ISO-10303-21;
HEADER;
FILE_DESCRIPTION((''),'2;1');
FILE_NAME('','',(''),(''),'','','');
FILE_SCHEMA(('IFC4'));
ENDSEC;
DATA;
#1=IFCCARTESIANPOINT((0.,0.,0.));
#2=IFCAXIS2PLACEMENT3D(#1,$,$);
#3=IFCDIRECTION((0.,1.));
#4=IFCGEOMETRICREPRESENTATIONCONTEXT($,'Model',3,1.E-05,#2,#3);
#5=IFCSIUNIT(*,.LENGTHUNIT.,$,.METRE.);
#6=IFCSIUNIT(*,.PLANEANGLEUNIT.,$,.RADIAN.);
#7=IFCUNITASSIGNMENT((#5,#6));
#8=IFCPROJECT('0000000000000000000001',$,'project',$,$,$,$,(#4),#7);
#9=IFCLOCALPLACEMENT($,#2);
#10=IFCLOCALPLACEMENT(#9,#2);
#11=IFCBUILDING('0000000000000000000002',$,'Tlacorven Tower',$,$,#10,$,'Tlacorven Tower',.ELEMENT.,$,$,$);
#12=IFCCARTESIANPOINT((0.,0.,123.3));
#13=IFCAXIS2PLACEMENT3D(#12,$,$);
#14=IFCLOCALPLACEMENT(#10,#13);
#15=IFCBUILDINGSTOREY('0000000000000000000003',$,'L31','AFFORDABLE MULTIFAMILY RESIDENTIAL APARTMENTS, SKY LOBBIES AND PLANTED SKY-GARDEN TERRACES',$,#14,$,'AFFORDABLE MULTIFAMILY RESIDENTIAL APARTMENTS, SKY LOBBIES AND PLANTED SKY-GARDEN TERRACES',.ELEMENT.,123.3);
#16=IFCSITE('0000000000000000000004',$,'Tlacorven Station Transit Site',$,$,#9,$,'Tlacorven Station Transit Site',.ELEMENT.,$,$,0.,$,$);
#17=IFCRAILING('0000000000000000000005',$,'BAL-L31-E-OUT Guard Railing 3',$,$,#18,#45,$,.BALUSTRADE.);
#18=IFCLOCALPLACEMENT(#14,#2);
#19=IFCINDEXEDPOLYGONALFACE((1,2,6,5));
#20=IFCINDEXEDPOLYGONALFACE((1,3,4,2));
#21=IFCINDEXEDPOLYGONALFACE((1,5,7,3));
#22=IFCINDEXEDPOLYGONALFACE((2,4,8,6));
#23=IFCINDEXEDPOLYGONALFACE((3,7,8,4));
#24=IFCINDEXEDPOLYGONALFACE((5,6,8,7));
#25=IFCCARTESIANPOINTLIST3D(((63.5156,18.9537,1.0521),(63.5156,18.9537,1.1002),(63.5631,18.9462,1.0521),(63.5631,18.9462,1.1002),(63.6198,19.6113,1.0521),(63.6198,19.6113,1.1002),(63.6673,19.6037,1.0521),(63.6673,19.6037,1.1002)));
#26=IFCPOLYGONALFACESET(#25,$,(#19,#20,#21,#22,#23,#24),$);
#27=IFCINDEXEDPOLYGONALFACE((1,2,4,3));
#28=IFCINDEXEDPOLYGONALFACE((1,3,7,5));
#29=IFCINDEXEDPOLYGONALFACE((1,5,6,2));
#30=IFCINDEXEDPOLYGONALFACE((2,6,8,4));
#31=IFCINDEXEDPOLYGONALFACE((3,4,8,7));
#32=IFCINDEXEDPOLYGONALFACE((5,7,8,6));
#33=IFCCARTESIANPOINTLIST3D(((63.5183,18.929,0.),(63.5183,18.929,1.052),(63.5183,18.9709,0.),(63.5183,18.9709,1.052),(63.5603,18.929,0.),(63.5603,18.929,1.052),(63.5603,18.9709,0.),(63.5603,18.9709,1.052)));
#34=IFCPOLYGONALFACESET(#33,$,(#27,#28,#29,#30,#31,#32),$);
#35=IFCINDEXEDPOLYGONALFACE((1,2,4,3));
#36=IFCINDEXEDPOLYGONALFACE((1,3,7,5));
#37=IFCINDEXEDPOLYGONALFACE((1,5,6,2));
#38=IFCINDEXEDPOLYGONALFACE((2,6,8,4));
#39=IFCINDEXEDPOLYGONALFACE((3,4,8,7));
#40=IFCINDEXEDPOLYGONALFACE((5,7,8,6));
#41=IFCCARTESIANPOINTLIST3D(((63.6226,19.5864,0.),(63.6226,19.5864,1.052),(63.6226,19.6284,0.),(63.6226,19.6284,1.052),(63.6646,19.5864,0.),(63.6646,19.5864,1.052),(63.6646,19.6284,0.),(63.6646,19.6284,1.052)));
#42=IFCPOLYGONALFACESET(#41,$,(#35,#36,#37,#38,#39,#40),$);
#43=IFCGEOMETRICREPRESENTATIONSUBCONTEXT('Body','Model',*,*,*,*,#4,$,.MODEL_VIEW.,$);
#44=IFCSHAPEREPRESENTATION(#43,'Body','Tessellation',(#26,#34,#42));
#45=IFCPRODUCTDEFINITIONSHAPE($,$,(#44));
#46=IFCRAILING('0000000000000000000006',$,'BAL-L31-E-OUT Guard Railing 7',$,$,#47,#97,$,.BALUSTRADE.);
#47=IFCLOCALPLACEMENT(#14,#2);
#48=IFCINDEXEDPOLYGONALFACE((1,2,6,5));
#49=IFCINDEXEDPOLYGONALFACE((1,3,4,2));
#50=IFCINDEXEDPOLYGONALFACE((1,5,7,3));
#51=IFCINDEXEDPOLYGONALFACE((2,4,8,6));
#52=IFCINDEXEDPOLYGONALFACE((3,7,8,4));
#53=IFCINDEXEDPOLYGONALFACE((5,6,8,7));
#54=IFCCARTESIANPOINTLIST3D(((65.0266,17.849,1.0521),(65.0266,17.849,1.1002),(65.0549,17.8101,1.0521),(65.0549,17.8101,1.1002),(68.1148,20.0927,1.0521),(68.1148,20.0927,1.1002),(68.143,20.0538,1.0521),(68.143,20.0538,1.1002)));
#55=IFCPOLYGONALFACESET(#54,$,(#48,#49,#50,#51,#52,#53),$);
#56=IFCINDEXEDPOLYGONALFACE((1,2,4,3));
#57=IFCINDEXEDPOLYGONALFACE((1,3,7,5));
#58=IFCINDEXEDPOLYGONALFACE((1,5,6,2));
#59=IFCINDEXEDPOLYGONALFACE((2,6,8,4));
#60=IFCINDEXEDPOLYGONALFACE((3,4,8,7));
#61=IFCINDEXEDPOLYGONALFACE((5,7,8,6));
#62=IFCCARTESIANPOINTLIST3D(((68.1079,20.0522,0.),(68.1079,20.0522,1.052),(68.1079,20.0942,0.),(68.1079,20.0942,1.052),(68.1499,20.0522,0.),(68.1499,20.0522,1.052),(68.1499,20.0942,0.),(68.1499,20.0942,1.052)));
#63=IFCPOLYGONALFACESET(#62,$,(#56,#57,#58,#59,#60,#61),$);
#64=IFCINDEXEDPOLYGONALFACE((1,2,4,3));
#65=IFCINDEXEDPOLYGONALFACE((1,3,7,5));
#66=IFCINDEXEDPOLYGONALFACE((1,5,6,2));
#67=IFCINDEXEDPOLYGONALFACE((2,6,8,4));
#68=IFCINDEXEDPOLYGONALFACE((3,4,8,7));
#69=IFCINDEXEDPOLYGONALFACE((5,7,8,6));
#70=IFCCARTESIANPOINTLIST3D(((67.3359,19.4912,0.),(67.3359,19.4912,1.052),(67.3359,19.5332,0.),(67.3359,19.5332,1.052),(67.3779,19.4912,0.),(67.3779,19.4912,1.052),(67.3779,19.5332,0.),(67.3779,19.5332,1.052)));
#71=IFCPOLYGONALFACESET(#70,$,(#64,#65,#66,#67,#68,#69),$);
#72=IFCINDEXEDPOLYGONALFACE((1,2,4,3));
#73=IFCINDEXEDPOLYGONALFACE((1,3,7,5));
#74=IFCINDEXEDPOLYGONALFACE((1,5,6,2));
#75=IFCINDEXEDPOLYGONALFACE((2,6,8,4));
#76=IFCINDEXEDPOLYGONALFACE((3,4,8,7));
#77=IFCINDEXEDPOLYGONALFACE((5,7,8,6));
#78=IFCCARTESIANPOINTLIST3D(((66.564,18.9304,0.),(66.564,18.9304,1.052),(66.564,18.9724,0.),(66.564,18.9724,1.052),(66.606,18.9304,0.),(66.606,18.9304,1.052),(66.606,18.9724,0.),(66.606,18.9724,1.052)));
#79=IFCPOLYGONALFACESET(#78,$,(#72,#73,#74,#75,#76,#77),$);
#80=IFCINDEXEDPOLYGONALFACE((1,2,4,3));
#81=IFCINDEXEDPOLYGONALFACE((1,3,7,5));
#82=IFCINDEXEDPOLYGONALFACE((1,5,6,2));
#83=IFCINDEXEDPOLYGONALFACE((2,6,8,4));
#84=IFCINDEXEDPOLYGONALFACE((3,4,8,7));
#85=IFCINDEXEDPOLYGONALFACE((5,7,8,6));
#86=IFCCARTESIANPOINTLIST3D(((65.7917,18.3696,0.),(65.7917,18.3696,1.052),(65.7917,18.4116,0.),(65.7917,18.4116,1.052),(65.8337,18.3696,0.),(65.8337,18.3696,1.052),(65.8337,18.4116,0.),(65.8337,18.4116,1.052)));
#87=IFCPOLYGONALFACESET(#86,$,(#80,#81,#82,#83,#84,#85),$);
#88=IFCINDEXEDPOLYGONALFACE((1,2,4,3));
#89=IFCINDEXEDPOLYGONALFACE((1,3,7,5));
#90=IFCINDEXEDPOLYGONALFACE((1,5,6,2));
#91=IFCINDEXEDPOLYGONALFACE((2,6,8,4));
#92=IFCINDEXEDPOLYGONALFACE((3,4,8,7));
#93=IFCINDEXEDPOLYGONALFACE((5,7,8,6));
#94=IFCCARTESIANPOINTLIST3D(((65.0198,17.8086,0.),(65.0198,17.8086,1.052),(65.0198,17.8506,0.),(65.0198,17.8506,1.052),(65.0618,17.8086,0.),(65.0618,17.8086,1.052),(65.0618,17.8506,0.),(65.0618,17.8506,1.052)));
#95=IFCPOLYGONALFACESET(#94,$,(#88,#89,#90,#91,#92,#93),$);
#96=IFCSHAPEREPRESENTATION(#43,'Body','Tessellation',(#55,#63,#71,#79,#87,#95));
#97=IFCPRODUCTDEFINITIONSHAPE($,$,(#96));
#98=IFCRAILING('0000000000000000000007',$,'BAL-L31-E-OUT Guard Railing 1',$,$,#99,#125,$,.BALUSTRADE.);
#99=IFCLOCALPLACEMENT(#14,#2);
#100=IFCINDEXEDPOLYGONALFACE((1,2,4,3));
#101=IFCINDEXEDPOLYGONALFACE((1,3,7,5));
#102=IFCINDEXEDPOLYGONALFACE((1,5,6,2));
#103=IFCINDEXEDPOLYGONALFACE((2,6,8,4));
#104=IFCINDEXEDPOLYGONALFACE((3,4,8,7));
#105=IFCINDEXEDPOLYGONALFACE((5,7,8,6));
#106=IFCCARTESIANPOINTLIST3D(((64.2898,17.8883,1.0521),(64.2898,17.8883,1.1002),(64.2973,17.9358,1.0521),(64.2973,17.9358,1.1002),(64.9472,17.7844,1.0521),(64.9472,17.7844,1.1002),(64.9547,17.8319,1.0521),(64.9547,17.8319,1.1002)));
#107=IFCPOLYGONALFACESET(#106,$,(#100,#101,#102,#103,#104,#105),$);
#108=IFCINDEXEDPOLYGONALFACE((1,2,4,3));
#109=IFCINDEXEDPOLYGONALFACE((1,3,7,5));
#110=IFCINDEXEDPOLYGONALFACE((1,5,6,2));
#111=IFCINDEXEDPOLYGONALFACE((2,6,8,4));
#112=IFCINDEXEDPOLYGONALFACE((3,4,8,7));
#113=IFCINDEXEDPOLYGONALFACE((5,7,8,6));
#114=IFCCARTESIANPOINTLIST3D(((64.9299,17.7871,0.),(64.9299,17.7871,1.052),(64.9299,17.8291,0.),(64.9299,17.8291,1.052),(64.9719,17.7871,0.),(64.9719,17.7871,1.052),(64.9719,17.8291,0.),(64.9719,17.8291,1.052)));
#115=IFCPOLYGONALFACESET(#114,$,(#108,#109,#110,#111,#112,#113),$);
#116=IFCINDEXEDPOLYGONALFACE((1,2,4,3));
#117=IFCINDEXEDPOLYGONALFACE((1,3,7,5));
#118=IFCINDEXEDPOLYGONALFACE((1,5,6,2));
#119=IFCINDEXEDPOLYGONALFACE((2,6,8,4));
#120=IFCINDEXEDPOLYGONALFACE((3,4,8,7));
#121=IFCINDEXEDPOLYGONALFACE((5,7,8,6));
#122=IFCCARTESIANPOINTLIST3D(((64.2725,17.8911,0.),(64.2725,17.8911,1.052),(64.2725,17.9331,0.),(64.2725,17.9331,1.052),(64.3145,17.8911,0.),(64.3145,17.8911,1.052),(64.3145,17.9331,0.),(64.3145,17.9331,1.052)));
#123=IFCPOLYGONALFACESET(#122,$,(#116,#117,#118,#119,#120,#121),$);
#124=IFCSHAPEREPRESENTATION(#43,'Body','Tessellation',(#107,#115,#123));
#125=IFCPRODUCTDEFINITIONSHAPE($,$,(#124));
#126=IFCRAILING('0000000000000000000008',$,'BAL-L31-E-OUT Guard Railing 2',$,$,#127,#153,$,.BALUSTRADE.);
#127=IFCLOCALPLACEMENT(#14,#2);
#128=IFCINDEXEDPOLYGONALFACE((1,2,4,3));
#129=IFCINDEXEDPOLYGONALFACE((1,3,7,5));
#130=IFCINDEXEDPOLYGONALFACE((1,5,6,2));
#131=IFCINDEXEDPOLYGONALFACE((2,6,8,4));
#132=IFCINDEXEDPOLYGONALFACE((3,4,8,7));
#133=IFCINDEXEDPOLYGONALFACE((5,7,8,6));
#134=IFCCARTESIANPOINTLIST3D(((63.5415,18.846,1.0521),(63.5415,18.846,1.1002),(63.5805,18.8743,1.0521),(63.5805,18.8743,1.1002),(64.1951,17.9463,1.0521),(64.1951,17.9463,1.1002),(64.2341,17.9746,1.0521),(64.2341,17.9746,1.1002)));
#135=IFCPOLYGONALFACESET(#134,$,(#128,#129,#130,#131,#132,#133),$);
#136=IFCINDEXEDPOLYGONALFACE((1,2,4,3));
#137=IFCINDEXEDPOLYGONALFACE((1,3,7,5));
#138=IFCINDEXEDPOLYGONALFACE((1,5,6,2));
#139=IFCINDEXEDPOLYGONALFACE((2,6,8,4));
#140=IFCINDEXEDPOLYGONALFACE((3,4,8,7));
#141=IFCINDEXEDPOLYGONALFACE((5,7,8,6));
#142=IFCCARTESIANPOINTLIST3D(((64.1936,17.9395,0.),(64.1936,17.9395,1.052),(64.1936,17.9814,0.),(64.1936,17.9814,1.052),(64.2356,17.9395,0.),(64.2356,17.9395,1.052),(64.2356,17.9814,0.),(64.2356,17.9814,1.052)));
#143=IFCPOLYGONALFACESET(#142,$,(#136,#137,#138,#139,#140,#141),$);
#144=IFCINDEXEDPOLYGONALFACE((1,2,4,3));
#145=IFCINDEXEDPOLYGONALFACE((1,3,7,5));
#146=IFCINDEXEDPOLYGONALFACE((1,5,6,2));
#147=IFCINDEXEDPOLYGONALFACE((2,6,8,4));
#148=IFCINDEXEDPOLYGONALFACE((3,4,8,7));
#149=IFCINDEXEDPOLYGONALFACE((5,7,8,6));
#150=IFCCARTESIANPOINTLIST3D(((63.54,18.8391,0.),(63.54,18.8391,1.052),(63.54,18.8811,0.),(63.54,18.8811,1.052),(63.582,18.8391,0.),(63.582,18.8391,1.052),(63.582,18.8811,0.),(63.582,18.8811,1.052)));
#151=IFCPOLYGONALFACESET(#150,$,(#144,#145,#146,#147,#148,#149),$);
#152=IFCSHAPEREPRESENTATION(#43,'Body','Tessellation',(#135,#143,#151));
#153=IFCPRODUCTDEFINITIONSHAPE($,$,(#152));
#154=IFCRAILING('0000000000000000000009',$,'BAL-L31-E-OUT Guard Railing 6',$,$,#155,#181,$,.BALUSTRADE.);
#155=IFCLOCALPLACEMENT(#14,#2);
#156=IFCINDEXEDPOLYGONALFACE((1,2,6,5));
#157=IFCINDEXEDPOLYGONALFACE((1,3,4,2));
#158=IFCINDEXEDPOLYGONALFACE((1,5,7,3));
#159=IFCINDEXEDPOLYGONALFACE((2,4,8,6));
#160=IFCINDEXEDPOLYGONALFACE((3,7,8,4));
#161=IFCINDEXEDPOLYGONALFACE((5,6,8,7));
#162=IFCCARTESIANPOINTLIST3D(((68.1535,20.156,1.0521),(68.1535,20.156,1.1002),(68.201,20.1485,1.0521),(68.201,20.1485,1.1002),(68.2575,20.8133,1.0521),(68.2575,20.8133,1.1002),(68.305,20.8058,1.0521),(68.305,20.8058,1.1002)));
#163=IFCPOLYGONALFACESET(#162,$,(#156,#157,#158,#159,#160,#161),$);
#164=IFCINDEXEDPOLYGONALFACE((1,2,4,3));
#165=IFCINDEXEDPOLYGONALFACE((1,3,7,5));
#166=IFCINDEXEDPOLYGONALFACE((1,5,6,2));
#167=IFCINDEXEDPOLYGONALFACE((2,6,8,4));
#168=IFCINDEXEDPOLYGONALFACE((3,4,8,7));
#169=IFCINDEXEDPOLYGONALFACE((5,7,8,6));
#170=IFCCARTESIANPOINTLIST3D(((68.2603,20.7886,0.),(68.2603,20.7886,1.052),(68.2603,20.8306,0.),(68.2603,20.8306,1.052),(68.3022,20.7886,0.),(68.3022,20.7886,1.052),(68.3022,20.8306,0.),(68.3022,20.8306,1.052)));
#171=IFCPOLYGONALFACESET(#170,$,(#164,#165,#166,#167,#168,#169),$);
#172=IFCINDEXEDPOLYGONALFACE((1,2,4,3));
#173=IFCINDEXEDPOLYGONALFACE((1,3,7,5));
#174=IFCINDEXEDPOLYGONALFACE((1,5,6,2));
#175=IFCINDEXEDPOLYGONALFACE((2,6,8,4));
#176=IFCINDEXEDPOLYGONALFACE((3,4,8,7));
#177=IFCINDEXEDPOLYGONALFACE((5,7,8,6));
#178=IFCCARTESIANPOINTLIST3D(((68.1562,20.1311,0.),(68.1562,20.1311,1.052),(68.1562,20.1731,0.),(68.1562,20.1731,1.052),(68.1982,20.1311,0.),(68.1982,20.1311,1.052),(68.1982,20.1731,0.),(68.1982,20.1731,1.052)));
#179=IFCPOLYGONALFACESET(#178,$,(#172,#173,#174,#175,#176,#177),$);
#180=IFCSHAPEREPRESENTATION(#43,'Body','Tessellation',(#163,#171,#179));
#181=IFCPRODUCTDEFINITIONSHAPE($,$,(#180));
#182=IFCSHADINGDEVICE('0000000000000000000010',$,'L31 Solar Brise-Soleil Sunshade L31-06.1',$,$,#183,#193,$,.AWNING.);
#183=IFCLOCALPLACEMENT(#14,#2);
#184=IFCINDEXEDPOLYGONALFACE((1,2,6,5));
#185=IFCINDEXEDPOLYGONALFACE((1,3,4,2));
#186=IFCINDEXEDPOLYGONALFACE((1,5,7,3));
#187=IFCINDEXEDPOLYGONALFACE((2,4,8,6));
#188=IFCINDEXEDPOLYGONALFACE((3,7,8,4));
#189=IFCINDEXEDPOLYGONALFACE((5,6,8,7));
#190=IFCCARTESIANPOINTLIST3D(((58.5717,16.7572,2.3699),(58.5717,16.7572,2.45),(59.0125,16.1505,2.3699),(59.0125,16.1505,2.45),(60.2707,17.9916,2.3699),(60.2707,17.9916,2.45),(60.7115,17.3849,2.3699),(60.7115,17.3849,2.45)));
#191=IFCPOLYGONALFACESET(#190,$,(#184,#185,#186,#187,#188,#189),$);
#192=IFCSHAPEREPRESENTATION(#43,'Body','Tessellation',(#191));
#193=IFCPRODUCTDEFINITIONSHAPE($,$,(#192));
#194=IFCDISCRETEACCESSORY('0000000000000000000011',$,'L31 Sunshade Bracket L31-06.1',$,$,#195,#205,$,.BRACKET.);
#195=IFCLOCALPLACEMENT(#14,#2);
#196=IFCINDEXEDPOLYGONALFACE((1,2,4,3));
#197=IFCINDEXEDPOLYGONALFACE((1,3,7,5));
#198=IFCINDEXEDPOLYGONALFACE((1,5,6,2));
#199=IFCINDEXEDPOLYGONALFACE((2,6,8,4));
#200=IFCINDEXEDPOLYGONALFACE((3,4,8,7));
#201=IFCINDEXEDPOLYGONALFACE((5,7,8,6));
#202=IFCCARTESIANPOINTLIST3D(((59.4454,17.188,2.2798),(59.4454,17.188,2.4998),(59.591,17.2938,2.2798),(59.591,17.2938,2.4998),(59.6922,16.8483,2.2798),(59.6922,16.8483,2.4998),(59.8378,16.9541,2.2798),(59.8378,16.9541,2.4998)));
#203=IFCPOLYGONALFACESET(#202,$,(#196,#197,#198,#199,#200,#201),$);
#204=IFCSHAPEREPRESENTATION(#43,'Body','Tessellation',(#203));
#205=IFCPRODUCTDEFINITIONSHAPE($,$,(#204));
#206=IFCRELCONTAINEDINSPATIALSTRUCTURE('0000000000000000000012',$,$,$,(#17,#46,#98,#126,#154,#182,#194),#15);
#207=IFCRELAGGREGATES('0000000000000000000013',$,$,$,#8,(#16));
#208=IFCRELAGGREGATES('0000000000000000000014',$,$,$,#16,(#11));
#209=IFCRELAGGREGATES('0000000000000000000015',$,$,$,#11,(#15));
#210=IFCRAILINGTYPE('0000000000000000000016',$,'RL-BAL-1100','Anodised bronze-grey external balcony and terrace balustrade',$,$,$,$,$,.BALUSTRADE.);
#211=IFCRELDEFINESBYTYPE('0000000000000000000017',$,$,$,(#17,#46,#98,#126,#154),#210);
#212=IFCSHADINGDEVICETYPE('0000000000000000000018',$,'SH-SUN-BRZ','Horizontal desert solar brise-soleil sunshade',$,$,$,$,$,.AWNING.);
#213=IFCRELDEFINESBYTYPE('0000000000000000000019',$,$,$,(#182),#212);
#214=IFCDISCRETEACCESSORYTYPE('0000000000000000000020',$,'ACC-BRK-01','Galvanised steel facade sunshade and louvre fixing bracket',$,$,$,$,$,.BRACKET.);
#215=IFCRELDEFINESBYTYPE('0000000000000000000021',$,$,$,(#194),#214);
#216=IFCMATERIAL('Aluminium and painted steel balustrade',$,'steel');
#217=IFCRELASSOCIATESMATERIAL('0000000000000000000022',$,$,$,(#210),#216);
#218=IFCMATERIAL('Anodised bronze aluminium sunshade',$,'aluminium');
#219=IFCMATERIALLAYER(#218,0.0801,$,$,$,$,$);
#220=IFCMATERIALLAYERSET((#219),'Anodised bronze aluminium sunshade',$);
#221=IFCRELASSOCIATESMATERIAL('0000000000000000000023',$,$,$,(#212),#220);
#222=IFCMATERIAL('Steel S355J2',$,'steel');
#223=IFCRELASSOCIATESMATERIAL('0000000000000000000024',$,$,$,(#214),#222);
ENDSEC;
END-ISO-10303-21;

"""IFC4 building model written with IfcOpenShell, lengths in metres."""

from ifc_helpers import new_model, si_unit, direction, frame, origin, origin_2d, place, context, subcontext, project, spatial, rectangle, extrude, source, transform, mapped, material, layer, layer_set, type_object, element, save


model = new_model("IFC4")

# Units and contexts
model_context = context("Model", 3, precision=1e-05, world=origin(), true_north=direction((0.0, 1.0)))
body_context = subcontext(model_context, "Body", "Model", "MODEL_VIEW")
ifc_project = project(units=[si_unit("LENGTHUNIT", "METRE"), si_unit("PLANEANGLEUNIT", "RADIAN")], contexts=[model_context])

# Site, building, storey
site_placement = place(None, origin())
site = spatial("IfcSite", under=ifc_project, at=site_placement, Name="Tlacorven Station Transit Site", LongName="Tlacorven Station Transit Site", CompositionType="ELEMENT", RefElevation=0.0)
building_placement = place(site_placement, origin())
building = spatial("IfcBuilding", under=site, at=building_placement, Name="Tlacorven Tower", LongName="Tlacorven Tower", CompositionType="ELEMENT")
storey_placement = place(building_placement, frame((0.0, 0.0, 123.3)))
storey = spatial("IfcBuildingStorey", under=building, at=storey_placement, Name="L31", Description="AFFORDABLE MULTIFAMILY RESIDENTIAL APARTMENTS, SKY LOBBIES AND PLANTED SKY-GARDEN TERRACES", LongName="AFFORDABLE MULTIFAMILY RESIDENTIAL APARTMENTS, SKY LOBBIES AND PLANTED SKY-GARDEN TERRACES", CompositionType="ELEMENT", Elevation=123.3)

# Shared definitions
ifc_material_1 = material(Name="Steel S355J2", Category="steel")

# Railings
ifc_material_2 = material(Name="Aluminium and painted steel balustrade", Category="steel")
railing_type_1 = type_object("IfcRailingType", Name="RL-BAL-1100", Description="Anodised bronze-grey external balcony and terrace balustrade", PredefinedType="BALUSTRADE", material=ifc_material_2)
shared_shape_1 = source(origin(), body_context, "Body", "SweptSolid", [
    extrude(rectangle(XDim=0.0481, YDim=0.0481, at=origin_2d()), frame((0.0, 0.0, 1.0762), z_axis=(0.156603, 0.987662, 0.0), x_axis=(-0.987662, 0.156603, 0.0)), (0.0, 0.0, 1.0), 0.6658),
    extrude(rectangle(XDim=0.042, YDim=0.042, at=origin_2d()), origin(), (0.0, 0.0, 1.0), 1.052),
    extrude(rectangle(XDim=0.042, YDim=0.042, at=origin_2d()), frame((0.1042, 0.6575, 0.0)), (0.0, 0.0, 1.0), 1.052),
])
railing_1_placement = place(storey_placement, frame((63.5393, 18.95, 0.0)))
element("IfcRailing", 1, at=railing_1_placement, inside=storey, type_object=railing_type_1, Name="BAL-L31-E-OUT Guard Railing 3", PredefinedType="BALUSTRADE", context=body_context, shape_type="MappedRepresentation", body=[
    mapped(shared_shape_1, transform((0.0, 0.0, 0.0), scale=1.0)),
])
shared_shape_2 = source(origin(), body_context, "Body", "SweptSolid", [
    extrude(rectangle(XDim=0.0481, YDim=0.0481, at=origin_2d()), frame((0.0, 0.0, 1.0762), z_axis=(-0.809018, -0.587784, 0.0), x_axis=(0.587784, -0.809018, 0.0)), (0.0, 0.0, 1.0), 3.8171),
    extrude(rectangle(XDim=0.042, YDim=0.042, at=origin_2d()), origin(), (0.0, 0.0, 1.0), 1.052),
    extrude(rectangle(XDim=0.042, YDim=0.042, at=origin_2d()), frame((-0.772, -0.561, 0.0)), (0.0, 0.0, 1.0), 1.052),
    extrude(rectangle(XDim=0.042, YDim=0.042, at=origin_2d()), frame((-1.5439, -1.1218, 0.0)), (0.0, 0.0, 1.0), 1.052),
    extrude(rectangle(XDim=0.042, YDim=0.042, at=origin_2d()), frame((-2.3162, -1.6826, 0.0)), (0.0, 0.0, 1.0), 1.052),
    extrude(rectangle(XDim=0.042, YDim=0.042, at=origin_2d()), frame((-3.0881, -2.2437, 0.0)), (0.0, 0.0, 1.0), 1.052),
])
railing_2_placement = place(storey_placement, frame((68.1289, 20.0732, 0.0)))
element("IfcRailing", 2, at=railing_2_placement, inside=storey, type_object=railing_type_1, Name="BAL-L31-E-OUT Guard Railing 7", PredefinedType="BALUSTRADE", context=body_context, shape_type="MappedRepresentation", body=[
    mapped(shared_shape_2, transform((0.0, 0.0, 0.0), scale=1.0)),
])
shared_shape_3 = source(origin(), body_context, "Body", "SweptSolid", [
    extrude(rectangle(XDim=0.0481, YDim=0.0481, at=origin_2d()), frame((0.0, 0.0, 1.0762), z_axis=(-0.987718, 0.156245, 0.0), x_axis=(-0.156245, -0.987718, 0.0)), (0.0, 0.0, 1.0), 0.6655),
    extrude(rectangle(XDim=0.042, YDim=0.042, at=origin_2d()), origin(), (0.0, 0.0, 1.0), 1.052),
    extrude(rectangle(XDim=0.042, YDim=0.042, at=origin_2d()), frame((-0.6575, 0.104, 0.0)), (0.0, 0.0, 1.0), 1.052),
])
railing_3_placement = place(storey_placement, frame((64.9509, 17.8081, 0.0)))
element("IfcRailing", 3, at=railing_3_placement, inside=storey, type_object=railing_type_1, Name="BAL-L31-E-OUT Guard Railing 1", PredefinedType="BALUSTRADE", context=body_context, shape_type="MappedRepresentation", body=[
    mapped(shared_shape_3, transform((0.0, 0.0, 0.0), scale=1.0)),
])
shared_shape_4 = source(origin(), body_context, "Body", "SweptSolid", [
    extrude(rectangle(XDim=0.0481, YDim=0.0481, at=origin_2d()), frame((0.0, 0.0, 1.0762), z_axis=(-0.587741, 0.809049, 0.0), x_axis=(-0.809049, -0.587741, 0.0)), (0.0, 0.0, 1.0), 1.1121),
    extrude(rectangle(XDim=0.042, YDim=0.042, at=origin_2d()), origin(), (0.0, 0.0, 1.0), 1.052),
    extrude(rectangle(XDim=0.042, YDim=0.042, at=origin_2d()), frame((-0.6536, 0.8997, 0.0)), (0.0, 0.0, 1.0), 1.052),
])
railing_4_placement = place(storey_placement, frame((64.2146, 17.9604, 0.0)))
element("IfcRailing", 4, at=railing_4_placement, inside=storey, type_object=railing_type_1, Name="BAL-L31-E-OUT Guard Railing 2", PredefinedType="BALUSTRADE", context=body_context, shape_type="MappedRepresentation", body=[
    mapped(shared_shape_4, transform((0.0, 0.0, 0.0), scale=1.0)),
])
shared_shape_5 = source(origin(), body_context, "Body", "SweptSolid", [
    extrude(rectangle(XDim=0.0481, YDim=0.0481, at=origin_2d()), frame((0.0, 0.0, 1.0762), z_axis=(-0.156245, -0.987718, 0.0), x_axis=(0.987718, -0.156245, 0.0)), (0.0, 0.0, 1.0), 0.6655),
    extrude(rectangle(XDim=0.042, YDim=0.042, at=origin_2d()), origin(), (0.0, 0.0, 1.0), 1.052),
    extrude(rectangle(XDim=0.042, YDim=0.042, at=origin_2d()), frame((-0.104, -0.6575, 0.0)), (0.0, 0.0, 1.0), 1.052),
])
railing_5_placement = place(storey_placement, frame((68.2812, 20.8096, 0.0)))
element("IfcRailing", 5, at=railing_5_placement, inside=storey, type_object=railing_type_1, Name="BAL-L31-E-OUT Guard Railing 6", PredefinedType="BALUSTRADE", context=body_context, shape_type="MappedRepresentation", body=[
    mapped(shared_shape_5, transform((0.0, 0.0, 0.0), scale=1.0)),
])

# Shading device
ifc_material_3 = material(Name="Anodised bronze aluminium sunshade", Category="aluminium")
ifc_layer_1 = layer(ifc_material_3, 0.0801)
ifc_layer_set_1 = layer_set([ifc_layer_1], Name="Anodised bronze aluminium sunshade")
shading_device_type = type_object("IfcShadingDeviceType", Name="SH-SUN-BRZ", Description="Horizontal desert solar brise-soleil sunshade", PredefinedType="AWNING", material=ifc_layer_set_1)
shared_shape_6 = source(origin(), body_context, "Body", "SweptSolid", [
    extrude(rectangle(XDim=2.1001, YDim=0.75, at=origin_2d()), origin(), (0.0, 0.0, 1.0), 0.0801),
])
shading_device_placement = place(storey_placement, frame((59.6416, 17.071, 2.3699), z_axis=(0.0, 0.0, 1.0), x_axis=(-0.809017, -0.587785, 0.0)))
element("IfcShadingDevice", 6, at=shading_device_placement, inside=storey, type_object=shading_device_type, Name="L31 Solar Brise-Soleil Sunshade L31-06.1", PredefinedType="AWNING", context=body_context, shape_type="MappedRepresentation", body=[
    mapped(shared_shape_6, transform((0.0, 0.0, 0.0), scale=1.0)),
])

# Discrete accessory
discrete_accessory_type = type_object("IfcDiscreteAccessoryType", Name="ACC-BRK-01", Description="Galvanised steel facade sunshade and louvre fixing bracket", PredefinedType="BRACKET", material=ifc_material_1)
shared_shape_7 = source(origin(), body_context, "Body", "SweptSolid", [
    extrude(rectangle(XDim=0.1799, YDim=0.4199, at=origin_2d()), origin(), (0.0, 0.0, 1.0), 0.22),
])
discrete_accessory_placement = place(storey_placement, frame((59.6416, 17.071, 2.2798), z_axis=(0.0, 0.0, 1.0), x_axis=(-0.809017, -0.587785, 0.0)))
element("IfcDiscreteAccessory", 7, at=discrete_accessory_placement, inside=storey, type_object=discrete_accessory_type, Name="L31 Sunshade Bracket L31-06.1", PredefinedType="BRACKET", context=body_context, shape_type="MappedRepresentation", body=[
    mapped(shared_shape_7, transform((0.0, 0.0, 0.0), scale=1.0)),
])

save(model, "model.ifc")
